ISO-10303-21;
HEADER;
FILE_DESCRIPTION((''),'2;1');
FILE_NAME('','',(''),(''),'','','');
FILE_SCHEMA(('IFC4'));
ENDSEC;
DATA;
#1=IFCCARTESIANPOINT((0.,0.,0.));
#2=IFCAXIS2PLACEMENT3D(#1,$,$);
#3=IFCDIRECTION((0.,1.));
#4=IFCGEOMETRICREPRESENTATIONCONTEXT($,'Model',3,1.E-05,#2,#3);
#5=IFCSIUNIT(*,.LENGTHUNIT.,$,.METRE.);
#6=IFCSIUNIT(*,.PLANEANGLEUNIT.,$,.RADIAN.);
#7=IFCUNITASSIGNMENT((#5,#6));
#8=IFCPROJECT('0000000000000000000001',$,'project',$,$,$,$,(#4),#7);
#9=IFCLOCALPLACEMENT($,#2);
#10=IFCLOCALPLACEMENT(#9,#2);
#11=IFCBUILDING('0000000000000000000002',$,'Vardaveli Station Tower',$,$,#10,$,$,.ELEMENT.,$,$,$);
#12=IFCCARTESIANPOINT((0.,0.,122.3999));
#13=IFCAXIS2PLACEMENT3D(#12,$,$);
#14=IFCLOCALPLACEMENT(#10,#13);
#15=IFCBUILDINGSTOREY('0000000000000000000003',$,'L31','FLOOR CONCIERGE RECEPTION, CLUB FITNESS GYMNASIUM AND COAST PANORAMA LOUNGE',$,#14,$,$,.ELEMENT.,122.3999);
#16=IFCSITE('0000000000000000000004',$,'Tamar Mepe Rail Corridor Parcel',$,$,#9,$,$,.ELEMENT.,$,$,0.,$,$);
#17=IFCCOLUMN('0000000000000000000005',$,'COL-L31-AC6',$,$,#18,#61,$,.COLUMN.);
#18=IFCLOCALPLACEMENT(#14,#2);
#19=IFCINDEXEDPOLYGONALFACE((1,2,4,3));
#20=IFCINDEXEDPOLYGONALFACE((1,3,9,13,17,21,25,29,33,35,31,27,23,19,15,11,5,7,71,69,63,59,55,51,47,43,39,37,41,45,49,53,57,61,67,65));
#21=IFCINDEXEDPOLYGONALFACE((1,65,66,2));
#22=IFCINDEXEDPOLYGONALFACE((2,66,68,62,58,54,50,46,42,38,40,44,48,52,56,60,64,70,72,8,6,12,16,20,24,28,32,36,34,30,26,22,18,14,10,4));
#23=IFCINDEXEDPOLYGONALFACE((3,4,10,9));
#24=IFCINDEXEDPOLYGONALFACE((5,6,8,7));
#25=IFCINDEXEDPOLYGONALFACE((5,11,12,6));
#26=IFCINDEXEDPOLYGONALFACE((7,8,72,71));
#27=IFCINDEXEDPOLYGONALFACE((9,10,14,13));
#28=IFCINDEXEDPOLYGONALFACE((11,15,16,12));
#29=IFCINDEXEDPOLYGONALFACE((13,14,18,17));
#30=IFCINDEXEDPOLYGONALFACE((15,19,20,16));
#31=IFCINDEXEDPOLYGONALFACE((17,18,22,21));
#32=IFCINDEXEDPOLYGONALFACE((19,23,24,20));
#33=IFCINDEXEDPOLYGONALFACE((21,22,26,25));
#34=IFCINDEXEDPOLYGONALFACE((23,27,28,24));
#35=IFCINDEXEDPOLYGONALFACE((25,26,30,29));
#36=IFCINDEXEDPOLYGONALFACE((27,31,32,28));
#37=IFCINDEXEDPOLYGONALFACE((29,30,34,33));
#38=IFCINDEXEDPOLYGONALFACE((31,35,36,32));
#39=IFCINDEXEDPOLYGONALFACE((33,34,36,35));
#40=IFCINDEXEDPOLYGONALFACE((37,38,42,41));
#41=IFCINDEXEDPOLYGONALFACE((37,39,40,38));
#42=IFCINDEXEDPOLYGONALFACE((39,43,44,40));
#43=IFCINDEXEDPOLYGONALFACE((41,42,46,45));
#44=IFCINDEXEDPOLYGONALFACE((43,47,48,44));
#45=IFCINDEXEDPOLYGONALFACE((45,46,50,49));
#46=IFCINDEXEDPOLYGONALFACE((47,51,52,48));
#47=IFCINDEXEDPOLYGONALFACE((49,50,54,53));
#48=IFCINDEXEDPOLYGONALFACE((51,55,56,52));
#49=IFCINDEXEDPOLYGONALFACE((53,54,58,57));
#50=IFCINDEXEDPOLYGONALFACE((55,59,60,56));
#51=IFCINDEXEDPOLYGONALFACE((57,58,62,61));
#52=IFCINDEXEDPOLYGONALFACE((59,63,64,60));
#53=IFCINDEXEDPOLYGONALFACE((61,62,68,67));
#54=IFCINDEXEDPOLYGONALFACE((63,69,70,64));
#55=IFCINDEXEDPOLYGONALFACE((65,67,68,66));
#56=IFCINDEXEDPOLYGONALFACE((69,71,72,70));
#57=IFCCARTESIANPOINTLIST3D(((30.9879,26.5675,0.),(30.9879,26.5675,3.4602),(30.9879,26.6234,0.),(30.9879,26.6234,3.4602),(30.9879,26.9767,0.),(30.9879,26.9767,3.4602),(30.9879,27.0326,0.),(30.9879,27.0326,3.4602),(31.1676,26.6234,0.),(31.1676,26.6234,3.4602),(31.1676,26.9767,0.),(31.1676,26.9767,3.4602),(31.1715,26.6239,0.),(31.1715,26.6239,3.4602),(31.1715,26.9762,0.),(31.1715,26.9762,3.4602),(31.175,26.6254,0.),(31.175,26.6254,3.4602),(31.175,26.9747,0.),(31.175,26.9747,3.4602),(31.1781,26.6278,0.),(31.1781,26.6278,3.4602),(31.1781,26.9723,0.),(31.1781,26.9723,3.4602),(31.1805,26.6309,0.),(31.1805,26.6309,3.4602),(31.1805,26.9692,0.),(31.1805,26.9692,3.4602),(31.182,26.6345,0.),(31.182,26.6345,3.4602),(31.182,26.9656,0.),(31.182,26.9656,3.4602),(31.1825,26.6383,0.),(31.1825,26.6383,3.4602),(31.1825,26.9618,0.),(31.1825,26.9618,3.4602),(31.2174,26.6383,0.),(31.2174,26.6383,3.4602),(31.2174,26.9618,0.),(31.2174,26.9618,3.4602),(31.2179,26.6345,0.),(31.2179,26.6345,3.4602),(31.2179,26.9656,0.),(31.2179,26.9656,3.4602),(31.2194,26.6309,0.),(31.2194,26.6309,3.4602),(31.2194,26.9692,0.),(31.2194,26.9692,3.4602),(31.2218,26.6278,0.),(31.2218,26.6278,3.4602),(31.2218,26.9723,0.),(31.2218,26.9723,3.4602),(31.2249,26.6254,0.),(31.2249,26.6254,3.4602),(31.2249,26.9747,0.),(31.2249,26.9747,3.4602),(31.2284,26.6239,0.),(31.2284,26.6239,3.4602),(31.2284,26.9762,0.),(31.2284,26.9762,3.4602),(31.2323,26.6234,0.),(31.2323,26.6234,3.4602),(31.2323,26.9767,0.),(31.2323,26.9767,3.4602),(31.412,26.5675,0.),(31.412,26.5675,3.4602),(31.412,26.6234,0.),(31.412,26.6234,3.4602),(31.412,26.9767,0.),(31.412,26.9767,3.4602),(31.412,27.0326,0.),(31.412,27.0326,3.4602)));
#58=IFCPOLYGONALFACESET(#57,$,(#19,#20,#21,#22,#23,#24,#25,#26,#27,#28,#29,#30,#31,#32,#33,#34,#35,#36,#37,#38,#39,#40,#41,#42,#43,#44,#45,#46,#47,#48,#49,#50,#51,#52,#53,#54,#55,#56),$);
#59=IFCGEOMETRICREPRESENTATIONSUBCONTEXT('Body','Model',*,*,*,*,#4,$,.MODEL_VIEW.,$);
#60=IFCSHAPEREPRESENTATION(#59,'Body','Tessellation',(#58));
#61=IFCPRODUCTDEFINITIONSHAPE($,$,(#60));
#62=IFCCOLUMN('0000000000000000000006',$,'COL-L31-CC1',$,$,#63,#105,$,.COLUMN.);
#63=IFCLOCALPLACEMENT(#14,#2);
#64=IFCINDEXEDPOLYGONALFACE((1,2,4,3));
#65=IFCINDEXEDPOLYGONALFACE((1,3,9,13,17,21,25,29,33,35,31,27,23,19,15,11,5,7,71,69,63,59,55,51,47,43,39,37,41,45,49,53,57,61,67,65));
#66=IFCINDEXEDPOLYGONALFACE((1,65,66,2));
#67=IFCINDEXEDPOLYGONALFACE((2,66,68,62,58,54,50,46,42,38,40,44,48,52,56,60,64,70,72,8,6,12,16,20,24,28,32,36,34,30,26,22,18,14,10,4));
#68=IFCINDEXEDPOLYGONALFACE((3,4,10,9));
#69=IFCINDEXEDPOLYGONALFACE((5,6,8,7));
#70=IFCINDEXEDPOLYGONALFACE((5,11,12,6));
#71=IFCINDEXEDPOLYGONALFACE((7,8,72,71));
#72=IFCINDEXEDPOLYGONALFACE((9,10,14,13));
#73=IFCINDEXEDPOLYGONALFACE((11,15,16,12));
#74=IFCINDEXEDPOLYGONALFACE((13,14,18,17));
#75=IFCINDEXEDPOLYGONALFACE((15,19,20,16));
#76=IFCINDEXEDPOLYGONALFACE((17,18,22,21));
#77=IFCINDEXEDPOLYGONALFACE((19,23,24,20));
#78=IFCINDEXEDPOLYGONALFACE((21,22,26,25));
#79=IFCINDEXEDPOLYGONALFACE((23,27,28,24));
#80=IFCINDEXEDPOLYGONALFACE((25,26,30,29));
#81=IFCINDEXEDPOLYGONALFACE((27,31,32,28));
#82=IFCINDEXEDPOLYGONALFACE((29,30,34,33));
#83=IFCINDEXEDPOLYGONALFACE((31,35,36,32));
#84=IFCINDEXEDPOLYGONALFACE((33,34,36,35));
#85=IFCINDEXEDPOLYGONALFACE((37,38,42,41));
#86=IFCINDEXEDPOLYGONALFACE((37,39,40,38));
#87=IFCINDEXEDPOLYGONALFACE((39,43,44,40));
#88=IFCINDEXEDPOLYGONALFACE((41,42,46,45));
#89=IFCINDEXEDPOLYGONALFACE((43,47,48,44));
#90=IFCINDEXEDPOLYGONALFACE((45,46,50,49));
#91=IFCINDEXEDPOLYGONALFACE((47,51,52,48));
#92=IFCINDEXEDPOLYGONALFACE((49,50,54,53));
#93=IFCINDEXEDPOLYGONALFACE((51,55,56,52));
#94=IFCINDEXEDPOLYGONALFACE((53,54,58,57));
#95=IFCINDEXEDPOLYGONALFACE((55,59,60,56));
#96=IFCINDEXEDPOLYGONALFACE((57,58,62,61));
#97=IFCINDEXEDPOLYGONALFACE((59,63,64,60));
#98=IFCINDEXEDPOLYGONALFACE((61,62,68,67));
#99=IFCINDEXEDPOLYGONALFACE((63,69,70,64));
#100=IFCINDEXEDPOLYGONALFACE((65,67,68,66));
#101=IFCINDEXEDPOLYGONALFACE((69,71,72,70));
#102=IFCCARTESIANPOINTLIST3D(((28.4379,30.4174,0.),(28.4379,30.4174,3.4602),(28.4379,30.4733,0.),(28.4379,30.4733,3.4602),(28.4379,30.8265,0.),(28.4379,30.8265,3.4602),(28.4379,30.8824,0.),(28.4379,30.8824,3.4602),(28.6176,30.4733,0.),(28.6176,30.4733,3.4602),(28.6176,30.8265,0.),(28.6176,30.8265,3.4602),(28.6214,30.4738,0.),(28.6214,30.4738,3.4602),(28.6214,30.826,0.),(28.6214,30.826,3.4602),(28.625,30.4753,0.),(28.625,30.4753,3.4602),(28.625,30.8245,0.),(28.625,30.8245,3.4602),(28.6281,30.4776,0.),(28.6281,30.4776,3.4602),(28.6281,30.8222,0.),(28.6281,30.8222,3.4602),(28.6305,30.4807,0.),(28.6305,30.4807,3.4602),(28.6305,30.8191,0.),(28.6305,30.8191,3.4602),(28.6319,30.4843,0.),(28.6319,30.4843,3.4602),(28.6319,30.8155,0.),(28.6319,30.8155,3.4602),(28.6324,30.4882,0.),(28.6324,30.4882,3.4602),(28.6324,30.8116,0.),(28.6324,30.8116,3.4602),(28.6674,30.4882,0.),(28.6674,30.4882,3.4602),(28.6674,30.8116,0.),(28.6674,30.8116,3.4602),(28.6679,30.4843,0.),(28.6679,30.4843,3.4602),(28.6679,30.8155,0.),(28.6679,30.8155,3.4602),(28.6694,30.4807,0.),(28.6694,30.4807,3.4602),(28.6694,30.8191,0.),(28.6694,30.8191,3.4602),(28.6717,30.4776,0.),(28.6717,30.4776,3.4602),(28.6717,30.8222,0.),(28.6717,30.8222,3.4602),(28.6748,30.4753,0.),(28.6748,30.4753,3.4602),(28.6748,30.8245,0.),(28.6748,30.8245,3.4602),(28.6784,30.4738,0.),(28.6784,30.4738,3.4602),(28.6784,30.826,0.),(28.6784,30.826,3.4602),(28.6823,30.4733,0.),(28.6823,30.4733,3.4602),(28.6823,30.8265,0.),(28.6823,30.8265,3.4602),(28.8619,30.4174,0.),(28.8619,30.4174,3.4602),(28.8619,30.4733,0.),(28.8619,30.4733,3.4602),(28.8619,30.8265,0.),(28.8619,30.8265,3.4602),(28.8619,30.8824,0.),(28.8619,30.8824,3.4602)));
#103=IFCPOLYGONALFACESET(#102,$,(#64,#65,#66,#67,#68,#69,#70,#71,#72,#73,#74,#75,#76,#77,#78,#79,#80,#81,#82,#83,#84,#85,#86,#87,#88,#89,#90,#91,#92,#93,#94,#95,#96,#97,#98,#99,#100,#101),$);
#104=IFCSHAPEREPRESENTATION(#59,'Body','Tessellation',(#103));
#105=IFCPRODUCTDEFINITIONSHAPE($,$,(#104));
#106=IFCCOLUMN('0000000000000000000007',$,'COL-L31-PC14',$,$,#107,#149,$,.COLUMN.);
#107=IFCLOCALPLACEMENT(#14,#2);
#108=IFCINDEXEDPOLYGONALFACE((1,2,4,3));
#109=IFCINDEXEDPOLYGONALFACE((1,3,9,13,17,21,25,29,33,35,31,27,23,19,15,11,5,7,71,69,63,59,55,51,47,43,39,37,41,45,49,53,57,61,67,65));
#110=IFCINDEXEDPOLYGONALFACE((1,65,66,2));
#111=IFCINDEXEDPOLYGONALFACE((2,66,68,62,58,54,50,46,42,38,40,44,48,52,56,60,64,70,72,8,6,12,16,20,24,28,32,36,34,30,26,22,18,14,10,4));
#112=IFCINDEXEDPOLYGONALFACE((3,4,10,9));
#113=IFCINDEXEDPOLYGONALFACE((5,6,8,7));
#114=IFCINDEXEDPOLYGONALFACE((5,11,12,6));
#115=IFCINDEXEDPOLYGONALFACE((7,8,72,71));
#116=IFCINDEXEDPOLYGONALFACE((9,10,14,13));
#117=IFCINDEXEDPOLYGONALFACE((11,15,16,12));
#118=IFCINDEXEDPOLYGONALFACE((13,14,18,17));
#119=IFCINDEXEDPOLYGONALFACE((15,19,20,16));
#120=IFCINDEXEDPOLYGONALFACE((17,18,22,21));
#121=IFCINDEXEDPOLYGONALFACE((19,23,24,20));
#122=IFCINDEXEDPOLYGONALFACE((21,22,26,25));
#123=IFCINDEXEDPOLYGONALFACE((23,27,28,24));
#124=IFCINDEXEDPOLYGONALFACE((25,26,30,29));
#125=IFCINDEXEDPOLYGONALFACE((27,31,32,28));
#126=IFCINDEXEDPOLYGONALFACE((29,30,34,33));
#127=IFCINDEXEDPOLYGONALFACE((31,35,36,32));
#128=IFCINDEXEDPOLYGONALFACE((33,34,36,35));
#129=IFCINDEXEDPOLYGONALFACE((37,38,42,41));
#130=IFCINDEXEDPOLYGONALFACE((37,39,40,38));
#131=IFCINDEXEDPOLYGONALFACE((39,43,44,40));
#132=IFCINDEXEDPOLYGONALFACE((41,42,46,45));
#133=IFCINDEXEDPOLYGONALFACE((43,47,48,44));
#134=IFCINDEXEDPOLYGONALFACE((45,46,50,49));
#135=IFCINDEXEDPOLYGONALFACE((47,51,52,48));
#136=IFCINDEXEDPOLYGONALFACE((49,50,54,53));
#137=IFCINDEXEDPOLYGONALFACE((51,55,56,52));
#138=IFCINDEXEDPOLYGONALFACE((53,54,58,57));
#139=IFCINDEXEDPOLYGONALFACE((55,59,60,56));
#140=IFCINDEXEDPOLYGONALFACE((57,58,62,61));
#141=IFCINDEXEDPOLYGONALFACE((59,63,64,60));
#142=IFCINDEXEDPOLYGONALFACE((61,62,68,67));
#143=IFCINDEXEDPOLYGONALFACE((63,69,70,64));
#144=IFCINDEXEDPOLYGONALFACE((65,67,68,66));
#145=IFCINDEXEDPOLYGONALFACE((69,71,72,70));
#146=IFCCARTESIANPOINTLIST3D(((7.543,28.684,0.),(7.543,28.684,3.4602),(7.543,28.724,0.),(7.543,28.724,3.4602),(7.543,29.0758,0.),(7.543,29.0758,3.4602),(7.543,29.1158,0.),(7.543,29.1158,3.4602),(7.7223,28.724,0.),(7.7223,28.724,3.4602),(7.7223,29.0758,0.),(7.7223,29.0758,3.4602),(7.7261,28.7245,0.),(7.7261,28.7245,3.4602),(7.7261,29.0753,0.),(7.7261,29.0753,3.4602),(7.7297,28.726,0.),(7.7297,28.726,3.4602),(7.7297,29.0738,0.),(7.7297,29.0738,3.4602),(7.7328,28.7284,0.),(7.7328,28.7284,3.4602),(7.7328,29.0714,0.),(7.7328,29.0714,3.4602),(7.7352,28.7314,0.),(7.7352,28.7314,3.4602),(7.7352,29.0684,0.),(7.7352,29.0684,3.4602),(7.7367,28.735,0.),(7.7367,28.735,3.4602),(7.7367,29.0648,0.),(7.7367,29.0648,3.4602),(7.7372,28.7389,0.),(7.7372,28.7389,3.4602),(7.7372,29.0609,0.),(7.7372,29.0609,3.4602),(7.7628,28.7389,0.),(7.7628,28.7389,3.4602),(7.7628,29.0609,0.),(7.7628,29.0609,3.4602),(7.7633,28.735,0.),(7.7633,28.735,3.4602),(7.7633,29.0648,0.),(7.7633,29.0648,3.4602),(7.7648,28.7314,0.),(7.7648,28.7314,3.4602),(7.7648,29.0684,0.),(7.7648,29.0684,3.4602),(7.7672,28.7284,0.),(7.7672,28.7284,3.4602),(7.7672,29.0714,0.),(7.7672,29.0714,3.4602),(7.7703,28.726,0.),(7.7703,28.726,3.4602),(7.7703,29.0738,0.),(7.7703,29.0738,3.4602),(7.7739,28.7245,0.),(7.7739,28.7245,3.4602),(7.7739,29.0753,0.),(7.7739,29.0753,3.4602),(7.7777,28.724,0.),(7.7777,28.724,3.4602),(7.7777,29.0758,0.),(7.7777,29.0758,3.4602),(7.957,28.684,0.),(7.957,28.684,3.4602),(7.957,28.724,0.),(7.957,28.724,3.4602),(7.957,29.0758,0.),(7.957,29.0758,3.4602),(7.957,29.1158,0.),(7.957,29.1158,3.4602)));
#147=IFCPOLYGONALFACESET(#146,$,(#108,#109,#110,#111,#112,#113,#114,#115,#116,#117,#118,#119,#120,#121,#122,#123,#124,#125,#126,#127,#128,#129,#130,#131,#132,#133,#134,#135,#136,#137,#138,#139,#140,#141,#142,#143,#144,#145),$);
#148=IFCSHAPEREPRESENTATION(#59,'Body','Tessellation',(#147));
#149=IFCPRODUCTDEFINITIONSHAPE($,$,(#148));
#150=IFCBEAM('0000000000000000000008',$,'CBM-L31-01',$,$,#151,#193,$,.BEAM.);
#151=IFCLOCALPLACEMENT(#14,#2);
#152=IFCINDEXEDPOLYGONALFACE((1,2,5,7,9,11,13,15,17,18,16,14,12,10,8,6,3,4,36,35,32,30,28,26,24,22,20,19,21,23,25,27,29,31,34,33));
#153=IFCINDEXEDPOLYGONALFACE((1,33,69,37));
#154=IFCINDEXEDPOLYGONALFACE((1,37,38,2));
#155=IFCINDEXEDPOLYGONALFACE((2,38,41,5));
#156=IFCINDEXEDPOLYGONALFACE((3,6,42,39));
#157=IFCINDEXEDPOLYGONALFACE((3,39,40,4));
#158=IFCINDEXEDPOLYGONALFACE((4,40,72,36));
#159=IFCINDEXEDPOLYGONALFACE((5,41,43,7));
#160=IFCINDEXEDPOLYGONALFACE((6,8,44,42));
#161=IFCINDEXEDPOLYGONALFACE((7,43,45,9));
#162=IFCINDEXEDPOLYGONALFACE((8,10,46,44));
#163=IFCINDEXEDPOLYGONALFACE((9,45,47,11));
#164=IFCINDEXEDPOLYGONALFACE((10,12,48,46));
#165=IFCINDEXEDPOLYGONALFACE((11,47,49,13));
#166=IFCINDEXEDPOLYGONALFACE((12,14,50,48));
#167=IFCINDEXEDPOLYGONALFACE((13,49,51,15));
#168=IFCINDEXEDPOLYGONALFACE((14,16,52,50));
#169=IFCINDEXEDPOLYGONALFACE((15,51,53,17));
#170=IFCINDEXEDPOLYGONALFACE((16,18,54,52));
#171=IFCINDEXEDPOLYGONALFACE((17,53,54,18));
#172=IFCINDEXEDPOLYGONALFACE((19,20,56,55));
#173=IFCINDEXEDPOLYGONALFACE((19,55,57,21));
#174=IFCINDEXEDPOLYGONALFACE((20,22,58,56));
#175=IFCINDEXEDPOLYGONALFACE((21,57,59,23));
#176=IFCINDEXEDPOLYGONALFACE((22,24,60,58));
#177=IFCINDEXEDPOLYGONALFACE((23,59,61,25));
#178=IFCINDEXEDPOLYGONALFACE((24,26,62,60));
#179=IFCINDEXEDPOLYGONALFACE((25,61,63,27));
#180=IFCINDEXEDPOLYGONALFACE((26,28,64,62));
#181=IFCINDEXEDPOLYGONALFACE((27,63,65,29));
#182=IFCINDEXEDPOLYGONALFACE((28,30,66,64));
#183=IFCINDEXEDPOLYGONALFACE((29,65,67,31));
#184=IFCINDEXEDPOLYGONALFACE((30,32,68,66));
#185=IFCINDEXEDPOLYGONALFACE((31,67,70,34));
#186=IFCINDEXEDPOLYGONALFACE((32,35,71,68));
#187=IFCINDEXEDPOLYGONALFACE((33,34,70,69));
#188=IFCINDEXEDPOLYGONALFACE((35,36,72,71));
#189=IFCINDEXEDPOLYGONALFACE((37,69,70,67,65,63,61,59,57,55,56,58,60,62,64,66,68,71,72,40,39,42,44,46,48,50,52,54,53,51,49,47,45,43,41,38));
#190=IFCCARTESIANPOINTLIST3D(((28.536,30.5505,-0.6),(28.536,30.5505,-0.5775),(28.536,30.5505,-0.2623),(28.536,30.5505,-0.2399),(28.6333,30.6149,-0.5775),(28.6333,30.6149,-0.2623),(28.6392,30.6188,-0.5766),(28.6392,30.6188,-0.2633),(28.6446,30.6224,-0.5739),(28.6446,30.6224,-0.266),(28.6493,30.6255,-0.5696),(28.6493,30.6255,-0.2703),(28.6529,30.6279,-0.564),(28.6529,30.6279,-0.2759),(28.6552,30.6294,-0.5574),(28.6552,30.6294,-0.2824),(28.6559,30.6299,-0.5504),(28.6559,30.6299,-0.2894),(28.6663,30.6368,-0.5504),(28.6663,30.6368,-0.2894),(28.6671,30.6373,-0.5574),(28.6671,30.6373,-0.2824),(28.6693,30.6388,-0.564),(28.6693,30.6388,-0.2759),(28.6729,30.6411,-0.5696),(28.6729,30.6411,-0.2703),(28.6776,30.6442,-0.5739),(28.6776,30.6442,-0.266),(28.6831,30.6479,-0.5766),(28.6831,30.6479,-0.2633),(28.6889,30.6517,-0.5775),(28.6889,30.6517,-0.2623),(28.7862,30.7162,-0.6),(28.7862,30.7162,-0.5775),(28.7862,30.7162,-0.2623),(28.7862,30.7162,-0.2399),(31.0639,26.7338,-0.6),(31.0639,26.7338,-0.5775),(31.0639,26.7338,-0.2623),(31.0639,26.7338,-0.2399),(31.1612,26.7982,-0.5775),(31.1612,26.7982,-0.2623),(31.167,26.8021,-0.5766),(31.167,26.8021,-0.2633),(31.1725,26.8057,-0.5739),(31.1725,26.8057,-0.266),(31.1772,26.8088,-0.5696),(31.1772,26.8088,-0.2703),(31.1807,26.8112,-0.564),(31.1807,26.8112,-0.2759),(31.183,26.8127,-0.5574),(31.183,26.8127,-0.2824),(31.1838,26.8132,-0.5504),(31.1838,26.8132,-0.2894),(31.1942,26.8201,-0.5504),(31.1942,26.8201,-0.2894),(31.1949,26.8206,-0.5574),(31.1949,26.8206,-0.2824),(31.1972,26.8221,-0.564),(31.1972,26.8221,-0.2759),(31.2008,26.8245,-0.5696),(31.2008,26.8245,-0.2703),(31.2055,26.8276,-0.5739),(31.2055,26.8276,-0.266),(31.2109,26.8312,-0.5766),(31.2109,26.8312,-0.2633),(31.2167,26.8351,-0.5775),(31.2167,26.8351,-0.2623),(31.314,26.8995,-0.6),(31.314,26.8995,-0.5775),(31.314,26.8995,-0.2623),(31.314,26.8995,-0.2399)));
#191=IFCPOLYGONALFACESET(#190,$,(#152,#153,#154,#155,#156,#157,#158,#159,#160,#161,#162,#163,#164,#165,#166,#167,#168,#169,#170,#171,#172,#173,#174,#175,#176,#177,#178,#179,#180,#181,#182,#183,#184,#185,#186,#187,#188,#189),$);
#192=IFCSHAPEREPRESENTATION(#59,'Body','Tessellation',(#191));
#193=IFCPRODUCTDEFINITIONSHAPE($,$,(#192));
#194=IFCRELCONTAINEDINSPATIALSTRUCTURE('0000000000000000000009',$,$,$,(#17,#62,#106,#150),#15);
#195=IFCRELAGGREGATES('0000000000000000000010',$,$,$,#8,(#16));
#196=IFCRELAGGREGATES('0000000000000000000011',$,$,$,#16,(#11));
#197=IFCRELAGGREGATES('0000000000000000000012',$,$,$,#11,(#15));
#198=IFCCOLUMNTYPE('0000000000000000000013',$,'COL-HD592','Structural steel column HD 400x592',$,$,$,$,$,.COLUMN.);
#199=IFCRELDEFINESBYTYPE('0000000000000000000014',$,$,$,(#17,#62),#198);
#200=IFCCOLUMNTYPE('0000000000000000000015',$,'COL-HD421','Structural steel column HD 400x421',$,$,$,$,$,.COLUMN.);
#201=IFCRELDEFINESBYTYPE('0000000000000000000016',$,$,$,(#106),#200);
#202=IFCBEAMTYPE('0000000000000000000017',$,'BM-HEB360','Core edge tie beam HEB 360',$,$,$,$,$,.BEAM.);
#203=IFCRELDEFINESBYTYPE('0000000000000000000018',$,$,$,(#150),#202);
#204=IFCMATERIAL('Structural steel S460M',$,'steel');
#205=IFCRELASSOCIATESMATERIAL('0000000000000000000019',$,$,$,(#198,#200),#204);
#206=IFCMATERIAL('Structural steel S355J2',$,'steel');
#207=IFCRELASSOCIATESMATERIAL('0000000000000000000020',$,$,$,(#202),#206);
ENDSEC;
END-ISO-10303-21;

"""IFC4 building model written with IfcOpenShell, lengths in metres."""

from ifc_helpers import new_model, si_unit, direction, frame, origin, origin_2d, place, context, subcontext, project, spatial, i_section, extrude, source, transform, mapped, material, material_profile, profile_set, type_object, element, save


model = new_model("IFC4")

# Units and contexts
model_context = context("Model", 3, precision=1e-05, world=origin(), true_north=direction((0.0, 1.0)))
body_context = subcontext(model_context, "Body", "Model", "MODEL_VIEW")
ifc_project = project(units=[si_unit("LENGTHUNIT", "METRE"), si_unit("PLANEANGLEUNIT", "RADIAN")], contexts=[model_context])

# Site, building, storey
site_placement = place(None, origin())
site = spatial("IfcSite", under=ifc_project, at=site_placement, Name="Tamar Mepe Rail Corridor Parcel", CompositionType="ELEMENT", RefElevation=0.0)
building_placement = place(site_placement, origin())
building = spatial("IfcBuilding", under=site, at=building_placement, Name="Vardaveli Station Tower", CompositionType="ELEMENT")
storey_placement = place(building_placement, frame((0.0, 0.0, 122.3999)))
storey = spatial("IfcBuildingStorey", under=building, at=storey_placement, Name="L31", Description="FLOOR CONCIERGE RECEPTION, CLUB FITNESS GYMNASIUM AND COAST PANORAMA LOUNGE", CompositionType="ELEMENT", Elevation=122.3999)

# Columns
ifc_material_1 = material(Name="Structural steel S460M", Category="steel")
ifc_material_profile_1 = material_profile(ifc_material_1, i_section(OverallWidth=0.4241, OverallDepth=0.4651, WebThickness=0.0349, FlangeThickness=0.0559, FilletRadius=0.0149, at=origin_2d()), Name="HD 400x592")
ifc_profile_set_1 = profile_set([ifc_material_profile_1], Name="Structural steel S460M")
column_type_1 = type_object("IfcColumnType", Name="COL-HD592", Description="Structural steel column HD 400x592", PredefinedType="COLUMN", material=ifc_profile_set_1)
shared_shape_1 = source(origin(), body_context, "Body", "SweptSolid", [
    extrude(i_section(OverallWidth=0.4241, OverallDepth=0.4651, WebThickness=0.0349, FlangeThickness=0.0559, FilletRadius=0.0149, at=origin_2d()), origin(), (0.0, 0.0, 1.0), 3.4602),
])
for number, where, z_axis, x_axis, name in (
    (1, (31.2, 26.8, 0.0), (0.0, 0.0, 1.0), (1.0, 0.0, 0.0), "COL-L31-AC6"),
    (2, (28.6499, 30.6499, 0.0), (0.0, 0.0, 1.0), (1.0, 0.0, 0.0), "COL-L31-CC1"),
):
    element("IfcColumn", number, at=place(storey_placement, frame(where, z_axis=z_axis, x_axis=x_axis)), inside=storey, type_object=column_type_1, Name=name, PredefinedType="COLUMN", context=body_context, shape_type="MappedRepresentation", body=[
        mapped(shared_shape_1, transform((0.0, 0.0, 0.0), scale=1.0)),
    ])
ifc_material_profile_2 = material_profile(ifc_material_1, i_section(OverallWidth=0.4141, OverallDepth=0.4319, WebThickness=0.0256, FlangeThickness=0.04, FilletRadius=0.0149, at=origin_2d()), Name="HD 400x421")
ifc_profile_set_2 = profile_set([ifc_material_profile_2], Name="Structural steel S460M")
column_type_2 = type_object("IfcColumnType", Name="COL-HD421", Description="Structural steel column HD 400x421", PredefinedType="COLUMN", material=ifc_profile_set_2)
shared_shape_2 = source(origin(), body_context, "Body", "SweptSolid", [
    extrude(i_section(OverallWidth=0.4141, OverallDepth=0.4319, WebThickness=0.0256, FlangeThickness=0.04, FilletRadius=0.0149, at=origin_2d()), origin(), (0.0, 0.0, 1.0), 3.4602),
])
column_placement = place(storey_placement, frame((7.75, 28.8999, 0.0), z_axis=(0.0, 0.0, 1.0), x_axis=(1.0, 0.0, 0.0)))
element("IfcColumn", 3, at=column_placement, inside=storey, type_object=column_type_2, Name="COL-L31-PC14", PredefinedType="COLUMN", context=body_context, shape_type="MappedRepresentation", body=[
    mapped(shared_shape_2, transform((0.0, 0.0, 0.0), scale=1.0)),
])

# Beam
ifc_material_2 = material(Name="Structural steel S355J2", Category="steel")
ifc_material_profile_3 = material_profile(ifc_material_2, i_section(OverallWidth=0.3, OverallDepth=0.3601, WebThickness=0.0125, FlangeThickness=0.0225, FilletRadius=0.0271, at=origin_2d()), Name="HEB 360")
ifc_profile_set_3 = profile_set([ifc_material_profile_3], Name="Structural steel S355J2")
beam_type_1 = type_object("IfcBeamType", Name="BM-HEB360", Description="Core edge tie beam HEB 360", PredefinedType="BEAM", material=ifc_profile_set_3)
shared_shape_3 = source(origin(), body_context, "Body", "SweptSolid", [
    extrude(i_section(OverallWidth=0.3, OverallDepth=0.3601, WebThickness=0.0125, FlangeThickness=0.0225, FilletRadius=0.0271, at=origin_2d()), origin(), (0.0, 0.0, 1.0), 4.5779),
])
beam_1_placement = place(storey_placement, frame((31.189, 26.8167, -0.4199), z_axis=(-0.552187, 0.83372, 0.0), x_axis=(-0.83372, -0.552187, 0.0)))
element("IfcBeam", 4, at=beam_1_placement, inside=storey, type_object=beam_type_1, Name="CBM-L31-01", PredefinedType="BEAM", context=body_context, shape_type="MappedRepresentation", body=[
    mapped(shared_shape_3, transform((0.0, 0.0, 0.0), scale=1.0)),
])

save(model, "model.ifc")
